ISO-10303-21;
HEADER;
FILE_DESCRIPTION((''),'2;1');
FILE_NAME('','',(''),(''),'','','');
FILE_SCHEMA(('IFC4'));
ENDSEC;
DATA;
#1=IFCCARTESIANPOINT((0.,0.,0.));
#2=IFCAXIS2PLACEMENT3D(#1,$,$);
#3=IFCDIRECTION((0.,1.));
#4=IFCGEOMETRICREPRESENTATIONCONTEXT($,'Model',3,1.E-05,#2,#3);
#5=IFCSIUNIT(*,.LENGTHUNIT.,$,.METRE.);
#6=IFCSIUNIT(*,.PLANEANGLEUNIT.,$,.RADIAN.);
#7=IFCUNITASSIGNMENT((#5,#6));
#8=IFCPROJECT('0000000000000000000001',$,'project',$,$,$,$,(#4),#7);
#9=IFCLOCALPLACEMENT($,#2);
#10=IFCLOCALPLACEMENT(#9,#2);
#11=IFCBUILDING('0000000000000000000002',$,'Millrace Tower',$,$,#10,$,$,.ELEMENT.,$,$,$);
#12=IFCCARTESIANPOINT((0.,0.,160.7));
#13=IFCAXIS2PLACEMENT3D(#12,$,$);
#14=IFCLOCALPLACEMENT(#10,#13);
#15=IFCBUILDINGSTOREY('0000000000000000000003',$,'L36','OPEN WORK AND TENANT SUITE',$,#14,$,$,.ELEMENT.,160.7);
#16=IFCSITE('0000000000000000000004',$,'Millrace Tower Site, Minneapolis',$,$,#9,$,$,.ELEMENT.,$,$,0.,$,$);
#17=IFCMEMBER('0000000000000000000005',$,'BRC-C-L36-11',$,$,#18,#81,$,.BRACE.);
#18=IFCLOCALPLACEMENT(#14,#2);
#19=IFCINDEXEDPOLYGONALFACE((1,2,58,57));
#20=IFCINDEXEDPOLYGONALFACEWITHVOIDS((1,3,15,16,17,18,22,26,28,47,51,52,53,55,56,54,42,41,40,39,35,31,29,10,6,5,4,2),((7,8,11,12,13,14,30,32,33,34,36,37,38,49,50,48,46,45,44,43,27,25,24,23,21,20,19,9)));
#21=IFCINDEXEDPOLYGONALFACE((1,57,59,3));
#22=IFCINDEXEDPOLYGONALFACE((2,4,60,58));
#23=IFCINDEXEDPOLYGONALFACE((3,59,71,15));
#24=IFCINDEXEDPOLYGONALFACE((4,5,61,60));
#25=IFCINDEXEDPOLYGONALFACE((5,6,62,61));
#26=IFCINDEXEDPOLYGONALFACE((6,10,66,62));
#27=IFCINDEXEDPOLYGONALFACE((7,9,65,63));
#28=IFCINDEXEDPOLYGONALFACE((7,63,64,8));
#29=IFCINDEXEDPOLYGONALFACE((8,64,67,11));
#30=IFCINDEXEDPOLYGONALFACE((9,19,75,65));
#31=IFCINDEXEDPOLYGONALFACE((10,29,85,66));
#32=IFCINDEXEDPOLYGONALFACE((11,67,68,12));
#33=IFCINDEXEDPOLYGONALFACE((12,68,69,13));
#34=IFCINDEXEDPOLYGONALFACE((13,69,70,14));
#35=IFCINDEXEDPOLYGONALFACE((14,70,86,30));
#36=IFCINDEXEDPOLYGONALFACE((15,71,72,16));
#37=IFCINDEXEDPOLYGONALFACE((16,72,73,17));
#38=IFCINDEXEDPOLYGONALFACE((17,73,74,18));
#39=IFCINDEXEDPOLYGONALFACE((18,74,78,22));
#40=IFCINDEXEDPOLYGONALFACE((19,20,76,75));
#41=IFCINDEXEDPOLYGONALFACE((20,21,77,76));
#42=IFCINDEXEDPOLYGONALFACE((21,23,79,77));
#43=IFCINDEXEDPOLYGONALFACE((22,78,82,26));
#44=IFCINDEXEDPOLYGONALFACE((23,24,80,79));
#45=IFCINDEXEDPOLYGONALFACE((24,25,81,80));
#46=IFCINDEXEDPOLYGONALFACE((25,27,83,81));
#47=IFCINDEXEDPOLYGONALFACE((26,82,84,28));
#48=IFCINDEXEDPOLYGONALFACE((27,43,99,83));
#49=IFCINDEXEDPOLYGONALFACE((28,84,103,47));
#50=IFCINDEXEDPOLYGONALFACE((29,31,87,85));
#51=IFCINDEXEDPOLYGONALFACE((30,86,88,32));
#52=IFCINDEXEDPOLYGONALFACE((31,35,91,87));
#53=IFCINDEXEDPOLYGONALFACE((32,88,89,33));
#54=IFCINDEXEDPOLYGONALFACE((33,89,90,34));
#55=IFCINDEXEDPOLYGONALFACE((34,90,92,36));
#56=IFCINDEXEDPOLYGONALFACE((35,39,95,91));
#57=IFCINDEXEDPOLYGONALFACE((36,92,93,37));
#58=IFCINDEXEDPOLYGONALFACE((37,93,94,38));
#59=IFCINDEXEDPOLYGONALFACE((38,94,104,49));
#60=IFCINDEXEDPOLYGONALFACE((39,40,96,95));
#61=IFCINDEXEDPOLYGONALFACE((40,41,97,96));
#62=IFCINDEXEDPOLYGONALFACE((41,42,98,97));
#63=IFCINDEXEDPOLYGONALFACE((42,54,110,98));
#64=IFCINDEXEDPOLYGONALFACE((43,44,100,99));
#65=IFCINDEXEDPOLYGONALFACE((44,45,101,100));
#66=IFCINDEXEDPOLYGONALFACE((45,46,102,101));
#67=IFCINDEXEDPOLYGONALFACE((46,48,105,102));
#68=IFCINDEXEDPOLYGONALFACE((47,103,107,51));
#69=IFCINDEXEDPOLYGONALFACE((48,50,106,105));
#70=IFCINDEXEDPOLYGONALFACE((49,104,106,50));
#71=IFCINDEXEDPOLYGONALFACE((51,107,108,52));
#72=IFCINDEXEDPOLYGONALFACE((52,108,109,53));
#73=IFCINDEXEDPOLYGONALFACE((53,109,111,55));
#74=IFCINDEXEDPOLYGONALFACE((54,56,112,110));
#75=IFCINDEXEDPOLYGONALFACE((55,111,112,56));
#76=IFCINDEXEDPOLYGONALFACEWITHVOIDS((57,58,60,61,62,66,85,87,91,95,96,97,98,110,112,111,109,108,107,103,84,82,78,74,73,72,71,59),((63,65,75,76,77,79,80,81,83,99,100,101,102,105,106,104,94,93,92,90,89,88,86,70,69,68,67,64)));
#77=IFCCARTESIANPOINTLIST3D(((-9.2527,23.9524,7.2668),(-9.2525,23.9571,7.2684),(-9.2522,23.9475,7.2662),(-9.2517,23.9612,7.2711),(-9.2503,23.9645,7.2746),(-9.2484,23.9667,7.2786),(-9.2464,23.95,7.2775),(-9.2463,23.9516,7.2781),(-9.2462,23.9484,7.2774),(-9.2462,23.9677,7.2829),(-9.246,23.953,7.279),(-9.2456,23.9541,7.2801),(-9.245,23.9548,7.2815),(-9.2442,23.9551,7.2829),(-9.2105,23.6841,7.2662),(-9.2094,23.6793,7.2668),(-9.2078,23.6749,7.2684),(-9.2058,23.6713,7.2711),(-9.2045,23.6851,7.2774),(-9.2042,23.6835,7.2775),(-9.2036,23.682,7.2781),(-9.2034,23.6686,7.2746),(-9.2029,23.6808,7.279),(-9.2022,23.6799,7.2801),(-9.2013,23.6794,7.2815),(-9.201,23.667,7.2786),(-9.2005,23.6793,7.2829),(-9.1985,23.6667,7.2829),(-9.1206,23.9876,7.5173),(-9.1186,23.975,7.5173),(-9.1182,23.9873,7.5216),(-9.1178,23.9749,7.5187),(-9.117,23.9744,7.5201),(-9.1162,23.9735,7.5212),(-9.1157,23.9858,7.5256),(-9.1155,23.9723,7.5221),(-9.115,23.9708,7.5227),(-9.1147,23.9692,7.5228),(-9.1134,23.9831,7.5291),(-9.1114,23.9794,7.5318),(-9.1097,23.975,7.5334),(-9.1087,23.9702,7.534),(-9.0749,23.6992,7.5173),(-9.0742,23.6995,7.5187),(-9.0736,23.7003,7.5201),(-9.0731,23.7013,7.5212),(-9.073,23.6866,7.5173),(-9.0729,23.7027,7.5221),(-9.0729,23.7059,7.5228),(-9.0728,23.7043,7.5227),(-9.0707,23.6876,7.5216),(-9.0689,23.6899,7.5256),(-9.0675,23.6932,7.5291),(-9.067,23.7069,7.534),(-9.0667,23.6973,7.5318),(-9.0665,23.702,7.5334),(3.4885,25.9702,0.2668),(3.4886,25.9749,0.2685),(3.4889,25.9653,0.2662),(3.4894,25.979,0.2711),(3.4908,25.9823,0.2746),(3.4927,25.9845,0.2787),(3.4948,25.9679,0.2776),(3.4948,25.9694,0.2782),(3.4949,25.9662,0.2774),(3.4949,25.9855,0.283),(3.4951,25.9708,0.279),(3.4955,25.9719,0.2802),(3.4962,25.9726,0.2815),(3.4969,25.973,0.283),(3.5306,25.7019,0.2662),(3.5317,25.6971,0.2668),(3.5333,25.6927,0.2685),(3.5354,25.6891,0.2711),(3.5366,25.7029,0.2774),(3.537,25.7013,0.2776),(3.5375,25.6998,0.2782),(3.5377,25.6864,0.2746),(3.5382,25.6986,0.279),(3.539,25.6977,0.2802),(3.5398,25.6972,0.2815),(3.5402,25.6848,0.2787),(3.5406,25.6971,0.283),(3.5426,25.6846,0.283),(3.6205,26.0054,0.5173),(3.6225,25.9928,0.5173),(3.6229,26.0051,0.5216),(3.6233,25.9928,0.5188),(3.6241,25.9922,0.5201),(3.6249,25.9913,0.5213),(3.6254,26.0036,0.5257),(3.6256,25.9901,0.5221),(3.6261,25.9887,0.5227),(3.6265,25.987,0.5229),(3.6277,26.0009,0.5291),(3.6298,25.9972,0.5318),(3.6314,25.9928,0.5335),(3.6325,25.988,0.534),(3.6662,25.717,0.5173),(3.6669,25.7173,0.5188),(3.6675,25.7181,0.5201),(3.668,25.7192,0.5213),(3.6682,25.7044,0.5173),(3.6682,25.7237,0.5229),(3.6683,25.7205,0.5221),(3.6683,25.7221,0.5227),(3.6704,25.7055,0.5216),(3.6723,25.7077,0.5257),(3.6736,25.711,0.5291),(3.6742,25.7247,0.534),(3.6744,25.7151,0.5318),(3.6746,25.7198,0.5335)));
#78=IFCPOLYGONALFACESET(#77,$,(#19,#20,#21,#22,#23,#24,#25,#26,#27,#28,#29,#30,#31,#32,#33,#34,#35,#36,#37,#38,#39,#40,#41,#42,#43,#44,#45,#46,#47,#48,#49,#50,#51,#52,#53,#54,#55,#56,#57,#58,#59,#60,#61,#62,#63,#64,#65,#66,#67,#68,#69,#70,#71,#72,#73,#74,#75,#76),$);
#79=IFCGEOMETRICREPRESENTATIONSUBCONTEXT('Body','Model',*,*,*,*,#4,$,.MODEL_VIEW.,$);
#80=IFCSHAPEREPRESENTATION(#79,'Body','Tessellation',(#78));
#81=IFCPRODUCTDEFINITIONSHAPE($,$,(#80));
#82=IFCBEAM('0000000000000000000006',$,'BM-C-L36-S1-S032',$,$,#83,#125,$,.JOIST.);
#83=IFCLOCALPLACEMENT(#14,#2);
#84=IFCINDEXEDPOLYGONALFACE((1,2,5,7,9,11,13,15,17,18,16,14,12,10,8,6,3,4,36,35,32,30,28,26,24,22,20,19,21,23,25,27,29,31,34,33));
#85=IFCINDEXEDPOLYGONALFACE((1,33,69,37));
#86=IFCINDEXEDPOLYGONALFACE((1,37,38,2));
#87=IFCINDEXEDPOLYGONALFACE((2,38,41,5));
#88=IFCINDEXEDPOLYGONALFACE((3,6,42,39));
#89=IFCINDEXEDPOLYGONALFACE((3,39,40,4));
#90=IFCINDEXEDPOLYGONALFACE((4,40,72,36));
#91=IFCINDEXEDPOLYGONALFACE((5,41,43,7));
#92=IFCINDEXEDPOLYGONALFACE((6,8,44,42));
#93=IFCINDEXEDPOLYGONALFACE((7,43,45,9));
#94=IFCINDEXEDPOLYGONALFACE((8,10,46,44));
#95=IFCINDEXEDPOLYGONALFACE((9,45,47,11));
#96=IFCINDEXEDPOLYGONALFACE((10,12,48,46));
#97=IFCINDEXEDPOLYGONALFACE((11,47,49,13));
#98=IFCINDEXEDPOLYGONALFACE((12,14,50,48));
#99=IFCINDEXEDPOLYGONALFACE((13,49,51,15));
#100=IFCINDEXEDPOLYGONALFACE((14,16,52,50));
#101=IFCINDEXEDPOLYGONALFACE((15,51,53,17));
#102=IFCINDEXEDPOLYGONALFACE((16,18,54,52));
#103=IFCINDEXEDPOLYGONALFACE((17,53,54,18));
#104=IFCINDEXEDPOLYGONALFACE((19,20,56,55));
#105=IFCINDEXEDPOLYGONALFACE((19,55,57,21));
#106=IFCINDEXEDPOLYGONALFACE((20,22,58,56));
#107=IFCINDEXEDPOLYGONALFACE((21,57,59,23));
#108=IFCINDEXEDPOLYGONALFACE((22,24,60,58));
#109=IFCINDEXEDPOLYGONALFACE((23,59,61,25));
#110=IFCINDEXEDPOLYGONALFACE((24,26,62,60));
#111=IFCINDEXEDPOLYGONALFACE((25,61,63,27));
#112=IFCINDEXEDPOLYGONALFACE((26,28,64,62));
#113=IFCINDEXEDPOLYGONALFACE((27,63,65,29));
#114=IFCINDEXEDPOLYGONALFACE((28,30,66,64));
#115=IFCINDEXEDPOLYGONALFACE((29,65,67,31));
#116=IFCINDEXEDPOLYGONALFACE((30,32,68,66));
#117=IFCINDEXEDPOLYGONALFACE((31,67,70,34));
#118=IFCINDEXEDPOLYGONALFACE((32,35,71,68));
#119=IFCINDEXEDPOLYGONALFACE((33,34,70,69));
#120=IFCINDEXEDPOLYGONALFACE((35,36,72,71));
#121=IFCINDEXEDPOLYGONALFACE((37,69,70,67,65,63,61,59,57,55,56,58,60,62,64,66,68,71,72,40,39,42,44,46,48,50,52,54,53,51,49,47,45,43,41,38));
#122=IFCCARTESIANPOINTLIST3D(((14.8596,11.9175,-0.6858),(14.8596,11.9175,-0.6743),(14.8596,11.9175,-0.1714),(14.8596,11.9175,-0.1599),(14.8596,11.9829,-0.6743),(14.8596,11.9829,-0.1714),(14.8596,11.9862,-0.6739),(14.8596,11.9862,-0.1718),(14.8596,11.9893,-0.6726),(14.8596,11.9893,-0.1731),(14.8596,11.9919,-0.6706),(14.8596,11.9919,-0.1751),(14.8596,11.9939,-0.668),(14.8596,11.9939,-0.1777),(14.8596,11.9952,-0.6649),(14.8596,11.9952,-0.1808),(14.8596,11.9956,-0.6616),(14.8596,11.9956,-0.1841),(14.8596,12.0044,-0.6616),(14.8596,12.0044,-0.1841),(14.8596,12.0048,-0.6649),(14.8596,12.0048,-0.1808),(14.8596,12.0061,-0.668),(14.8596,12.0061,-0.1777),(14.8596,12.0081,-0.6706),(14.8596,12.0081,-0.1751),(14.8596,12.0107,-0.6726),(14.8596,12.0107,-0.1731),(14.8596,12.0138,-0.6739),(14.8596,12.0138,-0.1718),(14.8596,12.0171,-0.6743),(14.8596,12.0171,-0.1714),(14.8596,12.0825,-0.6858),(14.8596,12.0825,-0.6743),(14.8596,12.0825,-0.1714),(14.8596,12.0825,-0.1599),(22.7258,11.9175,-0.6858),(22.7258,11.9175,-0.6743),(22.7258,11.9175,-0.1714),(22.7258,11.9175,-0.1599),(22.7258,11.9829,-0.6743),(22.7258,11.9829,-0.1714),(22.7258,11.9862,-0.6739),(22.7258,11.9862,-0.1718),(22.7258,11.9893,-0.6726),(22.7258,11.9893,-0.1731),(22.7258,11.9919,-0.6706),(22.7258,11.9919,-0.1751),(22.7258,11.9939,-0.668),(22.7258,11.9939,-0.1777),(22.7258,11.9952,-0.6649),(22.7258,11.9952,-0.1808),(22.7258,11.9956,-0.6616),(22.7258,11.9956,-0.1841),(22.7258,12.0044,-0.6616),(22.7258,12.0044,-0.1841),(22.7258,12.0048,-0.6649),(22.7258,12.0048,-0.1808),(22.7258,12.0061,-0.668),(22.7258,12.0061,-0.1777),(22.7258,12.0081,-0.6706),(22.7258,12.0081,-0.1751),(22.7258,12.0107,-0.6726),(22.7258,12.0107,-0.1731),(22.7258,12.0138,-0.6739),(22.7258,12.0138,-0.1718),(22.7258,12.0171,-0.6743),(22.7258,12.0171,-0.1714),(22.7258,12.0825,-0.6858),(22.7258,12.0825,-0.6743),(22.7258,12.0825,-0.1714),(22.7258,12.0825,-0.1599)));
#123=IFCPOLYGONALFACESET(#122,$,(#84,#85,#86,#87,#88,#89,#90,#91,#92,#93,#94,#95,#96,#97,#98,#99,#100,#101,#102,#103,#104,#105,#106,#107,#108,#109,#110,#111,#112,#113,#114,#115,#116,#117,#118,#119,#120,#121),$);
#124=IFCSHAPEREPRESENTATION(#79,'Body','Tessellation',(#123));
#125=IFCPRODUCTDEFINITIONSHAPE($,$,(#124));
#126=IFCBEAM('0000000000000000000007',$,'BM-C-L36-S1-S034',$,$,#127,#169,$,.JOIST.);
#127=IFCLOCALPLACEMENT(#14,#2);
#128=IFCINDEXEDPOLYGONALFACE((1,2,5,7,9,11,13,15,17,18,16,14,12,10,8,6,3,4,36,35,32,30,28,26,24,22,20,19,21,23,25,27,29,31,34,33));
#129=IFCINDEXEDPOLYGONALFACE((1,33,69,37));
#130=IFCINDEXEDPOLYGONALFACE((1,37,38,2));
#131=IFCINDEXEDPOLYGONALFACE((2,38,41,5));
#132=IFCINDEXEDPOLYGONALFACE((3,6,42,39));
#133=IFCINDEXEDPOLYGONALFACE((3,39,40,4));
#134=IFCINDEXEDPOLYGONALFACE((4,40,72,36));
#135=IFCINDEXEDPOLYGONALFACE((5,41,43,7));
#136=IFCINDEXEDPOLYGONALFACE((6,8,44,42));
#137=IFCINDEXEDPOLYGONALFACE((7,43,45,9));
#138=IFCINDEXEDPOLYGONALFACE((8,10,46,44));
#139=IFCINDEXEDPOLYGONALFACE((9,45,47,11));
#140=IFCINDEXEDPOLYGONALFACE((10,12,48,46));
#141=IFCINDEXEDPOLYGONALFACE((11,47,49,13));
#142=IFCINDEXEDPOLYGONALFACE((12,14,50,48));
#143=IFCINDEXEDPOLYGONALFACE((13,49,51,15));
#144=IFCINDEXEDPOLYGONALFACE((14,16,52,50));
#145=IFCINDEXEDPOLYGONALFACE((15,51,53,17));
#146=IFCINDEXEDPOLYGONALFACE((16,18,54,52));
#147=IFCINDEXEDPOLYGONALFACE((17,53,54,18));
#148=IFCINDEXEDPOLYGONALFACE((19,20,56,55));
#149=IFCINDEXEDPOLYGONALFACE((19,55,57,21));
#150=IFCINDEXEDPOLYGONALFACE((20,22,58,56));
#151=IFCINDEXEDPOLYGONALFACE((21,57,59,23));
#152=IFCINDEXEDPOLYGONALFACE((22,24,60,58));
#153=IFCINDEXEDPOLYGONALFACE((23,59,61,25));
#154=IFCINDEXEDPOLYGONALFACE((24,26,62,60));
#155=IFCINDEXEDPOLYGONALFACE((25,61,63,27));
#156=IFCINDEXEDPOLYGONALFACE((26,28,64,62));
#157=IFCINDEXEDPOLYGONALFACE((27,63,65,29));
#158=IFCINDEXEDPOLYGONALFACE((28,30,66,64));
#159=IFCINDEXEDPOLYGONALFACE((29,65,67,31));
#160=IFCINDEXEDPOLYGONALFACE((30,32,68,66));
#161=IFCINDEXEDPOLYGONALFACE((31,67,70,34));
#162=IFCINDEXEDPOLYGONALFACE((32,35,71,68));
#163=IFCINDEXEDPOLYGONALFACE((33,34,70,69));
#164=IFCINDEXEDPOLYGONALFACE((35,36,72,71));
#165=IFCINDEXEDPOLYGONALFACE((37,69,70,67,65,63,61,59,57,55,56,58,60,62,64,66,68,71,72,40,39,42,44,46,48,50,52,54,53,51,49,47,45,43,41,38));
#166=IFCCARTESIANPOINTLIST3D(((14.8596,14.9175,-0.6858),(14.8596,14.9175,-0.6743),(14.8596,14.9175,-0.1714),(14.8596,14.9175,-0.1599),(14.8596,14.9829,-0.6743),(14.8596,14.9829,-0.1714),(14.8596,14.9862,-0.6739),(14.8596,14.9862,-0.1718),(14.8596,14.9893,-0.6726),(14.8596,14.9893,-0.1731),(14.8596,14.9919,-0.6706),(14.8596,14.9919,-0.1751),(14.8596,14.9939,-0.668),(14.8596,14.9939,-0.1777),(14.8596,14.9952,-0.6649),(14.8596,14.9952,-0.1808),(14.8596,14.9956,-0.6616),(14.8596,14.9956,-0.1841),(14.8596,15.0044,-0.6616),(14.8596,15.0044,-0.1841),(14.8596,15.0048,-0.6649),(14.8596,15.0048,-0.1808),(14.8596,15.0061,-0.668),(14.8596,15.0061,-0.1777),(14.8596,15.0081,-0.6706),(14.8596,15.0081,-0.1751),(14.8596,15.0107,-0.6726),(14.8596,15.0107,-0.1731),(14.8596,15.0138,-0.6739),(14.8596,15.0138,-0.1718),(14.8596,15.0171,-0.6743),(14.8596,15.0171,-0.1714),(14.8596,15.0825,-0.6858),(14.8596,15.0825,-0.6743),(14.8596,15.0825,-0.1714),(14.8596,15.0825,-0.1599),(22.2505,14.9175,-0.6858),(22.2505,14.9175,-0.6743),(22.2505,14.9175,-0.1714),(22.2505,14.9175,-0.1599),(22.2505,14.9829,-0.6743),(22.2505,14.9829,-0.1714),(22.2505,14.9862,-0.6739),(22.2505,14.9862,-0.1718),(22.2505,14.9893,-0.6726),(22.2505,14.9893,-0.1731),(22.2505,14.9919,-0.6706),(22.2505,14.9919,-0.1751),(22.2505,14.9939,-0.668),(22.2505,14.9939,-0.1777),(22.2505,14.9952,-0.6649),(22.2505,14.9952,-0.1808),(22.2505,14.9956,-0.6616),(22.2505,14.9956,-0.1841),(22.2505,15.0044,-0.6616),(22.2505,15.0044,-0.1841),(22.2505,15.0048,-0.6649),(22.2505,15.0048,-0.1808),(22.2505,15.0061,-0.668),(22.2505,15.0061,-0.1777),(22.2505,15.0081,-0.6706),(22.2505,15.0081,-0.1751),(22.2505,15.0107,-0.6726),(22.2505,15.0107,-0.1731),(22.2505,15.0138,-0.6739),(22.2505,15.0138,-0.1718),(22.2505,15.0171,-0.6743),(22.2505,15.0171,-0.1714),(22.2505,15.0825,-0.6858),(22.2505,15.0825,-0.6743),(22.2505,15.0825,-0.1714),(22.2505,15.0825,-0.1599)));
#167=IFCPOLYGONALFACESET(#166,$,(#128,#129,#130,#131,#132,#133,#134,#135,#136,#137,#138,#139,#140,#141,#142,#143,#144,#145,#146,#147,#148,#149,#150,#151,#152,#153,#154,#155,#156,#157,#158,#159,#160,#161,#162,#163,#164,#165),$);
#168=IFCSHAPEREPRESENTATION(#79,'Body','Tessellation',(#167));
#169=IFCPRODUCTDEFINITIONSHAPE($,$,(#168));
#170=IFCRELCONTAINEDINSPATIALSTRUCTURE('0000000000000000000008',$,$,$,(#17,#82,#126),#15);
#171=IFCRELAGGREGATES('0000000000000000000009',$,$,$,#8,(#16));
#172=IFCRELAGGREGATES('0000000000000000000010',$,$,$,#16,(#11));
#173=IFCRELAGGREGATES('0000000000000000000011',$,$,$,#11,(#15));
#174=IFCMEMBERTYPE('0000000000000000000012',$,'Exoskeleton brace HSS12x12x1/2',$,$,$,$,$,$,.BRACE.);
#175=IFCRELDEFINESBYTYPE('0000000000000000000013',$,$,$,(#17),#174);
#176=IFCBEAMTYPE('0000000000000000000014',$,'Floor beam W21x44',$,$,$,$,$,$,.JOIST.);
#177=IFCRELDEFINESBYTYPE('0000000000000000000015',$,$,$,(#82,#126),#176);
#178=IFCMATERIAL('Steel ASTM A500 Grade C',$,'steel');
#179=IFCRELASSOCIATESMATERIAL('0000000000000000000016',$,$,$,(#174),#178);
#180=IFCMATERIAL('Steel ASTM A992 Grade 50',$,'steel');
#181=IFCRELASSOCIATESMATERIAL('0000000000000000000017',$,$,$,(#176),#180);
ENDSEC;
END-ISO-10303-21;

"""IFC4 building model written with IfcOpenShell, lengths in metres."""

from ifc_helpers import new_model, si_unit, direction, frame, origin, origin_2d, place, context, subcontext, project, spatial, hollow_rectangle, i_section, extrude, material, material_profile, profile_set, type_object, element, save


model = new_model("IFC4")

# Units and contexts
model_context = context("Model", 3, precision=1e-05, world=origin(), true_north=direction((0.0, 1.0)))
body_context = subcontext(model_context, "Body", "Model", "MODEL_VIEW")
ifc_project = project(units=[si_unit("LENGTHUNIT", "METRE"), si_unit("PLANEANGLEUNIT", "RADIAN")], contexts=[model_context])

# Site, building, storey
site_placement = place(None, origin())
site = spatial("IfcSite", under=ifc_project, at=site_placement, Name="Millrace Tower Site, Minneapolis", CompositionType="ELEMENT", RefElevation=0.0)
building_placement = place(site_placement, origin())
building = spatial("IfcBuilding", under=site, at=building_placement, Name="Millrace Tower", CompositionType="ELEMENT")
storey_placement = place(building_placement, frame((0.0, 0.0, 160.7)))
storey = spatial("IfcBuildingStorey", under=building, at=storey_placement, Name="L36", Description="OPEN WORK AND TENANT SUITE", CompositionType="ELEMENT", Elevation=160.7)

# Member
ifc_material_1 = material(Name="Steel ASTM A500 Grade C", Category="steel")
ifc_material_profile_1 = material_profile(ifc_material_1, hollow_rectangle(XDim=0.3047, YDim=0.3047, WallThickness=0.0127, InnerFilletRadius=0.0063, OuterFilletRadius=0.019, at=origin_2d()))
ifc_profile_set_1 = profile_set([ifc_material_profile_1], Name="Steel ASTM A500 Grade C")
member_type_1 = type_object("IfcMemberType", Name="Exoskeleton brace HSS12x12x1/2", PredefinedType="BRACE", material=ifc_profile_set_1)
member_1_placement = place(storey_placement, frame((3.5815, 25.845, 0.4001), z_axis=(-0.868116, -0.137483, 0.476941), x_axis=(0.15642, -0.987691, 0.0)))
element("IfcMember", 1, at=member_1_placement, inside=storey, type_object=member_type_1, Name="BRC-C-L36-11", PredefinedType="BRACE", context=body_context, shape_type="SweptSolid", body=[
    extrude(hollow_rectangle(XDim=0.3047, YDim=0.3047, WallThickness=0.0127, InnerFilletRadius=0.0063, OuterFilletRadius=0.019, at=origin_2d()), origin(), (0.0, 0.0, 1.0), 14.6768),
])

# Beams
ifc_material_2 = material(Name="Steel ASTM A992 Grade 50", Category="steel")
ifc_material_profile_2 = material_profile(ifc_material_2, i_section(OverallWidth=0.165, OverallDepth=0.5259, WebThickness=0.0088, FlangeThickness=0.0115, FilletRadius=0.0127, at=origin_2d()))
ifc_profile_set_2 = profile_set([ifc_material_profile_2], Name="Steel ASTM A992 Grade 50")
beam_type_1 = type_object("IfcBeamType", Name="Floor beam W21x44", PredefinedType="JOIST", material=ifc_profile_set_2)
beam_1_placement = place(storey_placement, frame((14.8596, 12.0, -0.4229), z_axis=(1.0, 0.0, 0.0), x_axis=(0.0, 1.0, 0.0)))
element("IfcBeam", 2, at=beam_1_placement, inside=storey, type_object=beam_type_1, Name="BM-C-L36-S1-S032", PredefinedType="JOIST", context=body_context, shape_type="SweptSolid", body=[
    extrude(i_section(OverallWidth=0.165, OverallDepth=0.5259, WebThickness=0.0088, FlangeThickness=0.0115, FilletRadius=0.0127, at=origin_2d()), origin(), (0.0, 0.0, 1.0), 7.8662),
])
beam_2_placement = place(storey_placement, frame((14.8596, 15.0, -0.4229), z_axis=(1.0, 0.0, 0.0), x_axis=(0.0, 1.0, 0.0)))
element("IfcBeam", 3, at=beam_2_placement, inside=storey, type_object=beam_type_1, Name="BM-C-L36-S1-S034", PredefinedType="JOIST", context=body_context, shape_type="SweptSolid", body=[
    extrude(i_section(OverallWidth=0.165, OverallDepth=0.5259, WebThickness=0.0088, FlangeThickness=0.0115, FilletRadius=0.0127, at=origin_2d()), origin(), (0.0, 0.0, 1.0), 7.3909),
])

save(model, "model.ifc")
